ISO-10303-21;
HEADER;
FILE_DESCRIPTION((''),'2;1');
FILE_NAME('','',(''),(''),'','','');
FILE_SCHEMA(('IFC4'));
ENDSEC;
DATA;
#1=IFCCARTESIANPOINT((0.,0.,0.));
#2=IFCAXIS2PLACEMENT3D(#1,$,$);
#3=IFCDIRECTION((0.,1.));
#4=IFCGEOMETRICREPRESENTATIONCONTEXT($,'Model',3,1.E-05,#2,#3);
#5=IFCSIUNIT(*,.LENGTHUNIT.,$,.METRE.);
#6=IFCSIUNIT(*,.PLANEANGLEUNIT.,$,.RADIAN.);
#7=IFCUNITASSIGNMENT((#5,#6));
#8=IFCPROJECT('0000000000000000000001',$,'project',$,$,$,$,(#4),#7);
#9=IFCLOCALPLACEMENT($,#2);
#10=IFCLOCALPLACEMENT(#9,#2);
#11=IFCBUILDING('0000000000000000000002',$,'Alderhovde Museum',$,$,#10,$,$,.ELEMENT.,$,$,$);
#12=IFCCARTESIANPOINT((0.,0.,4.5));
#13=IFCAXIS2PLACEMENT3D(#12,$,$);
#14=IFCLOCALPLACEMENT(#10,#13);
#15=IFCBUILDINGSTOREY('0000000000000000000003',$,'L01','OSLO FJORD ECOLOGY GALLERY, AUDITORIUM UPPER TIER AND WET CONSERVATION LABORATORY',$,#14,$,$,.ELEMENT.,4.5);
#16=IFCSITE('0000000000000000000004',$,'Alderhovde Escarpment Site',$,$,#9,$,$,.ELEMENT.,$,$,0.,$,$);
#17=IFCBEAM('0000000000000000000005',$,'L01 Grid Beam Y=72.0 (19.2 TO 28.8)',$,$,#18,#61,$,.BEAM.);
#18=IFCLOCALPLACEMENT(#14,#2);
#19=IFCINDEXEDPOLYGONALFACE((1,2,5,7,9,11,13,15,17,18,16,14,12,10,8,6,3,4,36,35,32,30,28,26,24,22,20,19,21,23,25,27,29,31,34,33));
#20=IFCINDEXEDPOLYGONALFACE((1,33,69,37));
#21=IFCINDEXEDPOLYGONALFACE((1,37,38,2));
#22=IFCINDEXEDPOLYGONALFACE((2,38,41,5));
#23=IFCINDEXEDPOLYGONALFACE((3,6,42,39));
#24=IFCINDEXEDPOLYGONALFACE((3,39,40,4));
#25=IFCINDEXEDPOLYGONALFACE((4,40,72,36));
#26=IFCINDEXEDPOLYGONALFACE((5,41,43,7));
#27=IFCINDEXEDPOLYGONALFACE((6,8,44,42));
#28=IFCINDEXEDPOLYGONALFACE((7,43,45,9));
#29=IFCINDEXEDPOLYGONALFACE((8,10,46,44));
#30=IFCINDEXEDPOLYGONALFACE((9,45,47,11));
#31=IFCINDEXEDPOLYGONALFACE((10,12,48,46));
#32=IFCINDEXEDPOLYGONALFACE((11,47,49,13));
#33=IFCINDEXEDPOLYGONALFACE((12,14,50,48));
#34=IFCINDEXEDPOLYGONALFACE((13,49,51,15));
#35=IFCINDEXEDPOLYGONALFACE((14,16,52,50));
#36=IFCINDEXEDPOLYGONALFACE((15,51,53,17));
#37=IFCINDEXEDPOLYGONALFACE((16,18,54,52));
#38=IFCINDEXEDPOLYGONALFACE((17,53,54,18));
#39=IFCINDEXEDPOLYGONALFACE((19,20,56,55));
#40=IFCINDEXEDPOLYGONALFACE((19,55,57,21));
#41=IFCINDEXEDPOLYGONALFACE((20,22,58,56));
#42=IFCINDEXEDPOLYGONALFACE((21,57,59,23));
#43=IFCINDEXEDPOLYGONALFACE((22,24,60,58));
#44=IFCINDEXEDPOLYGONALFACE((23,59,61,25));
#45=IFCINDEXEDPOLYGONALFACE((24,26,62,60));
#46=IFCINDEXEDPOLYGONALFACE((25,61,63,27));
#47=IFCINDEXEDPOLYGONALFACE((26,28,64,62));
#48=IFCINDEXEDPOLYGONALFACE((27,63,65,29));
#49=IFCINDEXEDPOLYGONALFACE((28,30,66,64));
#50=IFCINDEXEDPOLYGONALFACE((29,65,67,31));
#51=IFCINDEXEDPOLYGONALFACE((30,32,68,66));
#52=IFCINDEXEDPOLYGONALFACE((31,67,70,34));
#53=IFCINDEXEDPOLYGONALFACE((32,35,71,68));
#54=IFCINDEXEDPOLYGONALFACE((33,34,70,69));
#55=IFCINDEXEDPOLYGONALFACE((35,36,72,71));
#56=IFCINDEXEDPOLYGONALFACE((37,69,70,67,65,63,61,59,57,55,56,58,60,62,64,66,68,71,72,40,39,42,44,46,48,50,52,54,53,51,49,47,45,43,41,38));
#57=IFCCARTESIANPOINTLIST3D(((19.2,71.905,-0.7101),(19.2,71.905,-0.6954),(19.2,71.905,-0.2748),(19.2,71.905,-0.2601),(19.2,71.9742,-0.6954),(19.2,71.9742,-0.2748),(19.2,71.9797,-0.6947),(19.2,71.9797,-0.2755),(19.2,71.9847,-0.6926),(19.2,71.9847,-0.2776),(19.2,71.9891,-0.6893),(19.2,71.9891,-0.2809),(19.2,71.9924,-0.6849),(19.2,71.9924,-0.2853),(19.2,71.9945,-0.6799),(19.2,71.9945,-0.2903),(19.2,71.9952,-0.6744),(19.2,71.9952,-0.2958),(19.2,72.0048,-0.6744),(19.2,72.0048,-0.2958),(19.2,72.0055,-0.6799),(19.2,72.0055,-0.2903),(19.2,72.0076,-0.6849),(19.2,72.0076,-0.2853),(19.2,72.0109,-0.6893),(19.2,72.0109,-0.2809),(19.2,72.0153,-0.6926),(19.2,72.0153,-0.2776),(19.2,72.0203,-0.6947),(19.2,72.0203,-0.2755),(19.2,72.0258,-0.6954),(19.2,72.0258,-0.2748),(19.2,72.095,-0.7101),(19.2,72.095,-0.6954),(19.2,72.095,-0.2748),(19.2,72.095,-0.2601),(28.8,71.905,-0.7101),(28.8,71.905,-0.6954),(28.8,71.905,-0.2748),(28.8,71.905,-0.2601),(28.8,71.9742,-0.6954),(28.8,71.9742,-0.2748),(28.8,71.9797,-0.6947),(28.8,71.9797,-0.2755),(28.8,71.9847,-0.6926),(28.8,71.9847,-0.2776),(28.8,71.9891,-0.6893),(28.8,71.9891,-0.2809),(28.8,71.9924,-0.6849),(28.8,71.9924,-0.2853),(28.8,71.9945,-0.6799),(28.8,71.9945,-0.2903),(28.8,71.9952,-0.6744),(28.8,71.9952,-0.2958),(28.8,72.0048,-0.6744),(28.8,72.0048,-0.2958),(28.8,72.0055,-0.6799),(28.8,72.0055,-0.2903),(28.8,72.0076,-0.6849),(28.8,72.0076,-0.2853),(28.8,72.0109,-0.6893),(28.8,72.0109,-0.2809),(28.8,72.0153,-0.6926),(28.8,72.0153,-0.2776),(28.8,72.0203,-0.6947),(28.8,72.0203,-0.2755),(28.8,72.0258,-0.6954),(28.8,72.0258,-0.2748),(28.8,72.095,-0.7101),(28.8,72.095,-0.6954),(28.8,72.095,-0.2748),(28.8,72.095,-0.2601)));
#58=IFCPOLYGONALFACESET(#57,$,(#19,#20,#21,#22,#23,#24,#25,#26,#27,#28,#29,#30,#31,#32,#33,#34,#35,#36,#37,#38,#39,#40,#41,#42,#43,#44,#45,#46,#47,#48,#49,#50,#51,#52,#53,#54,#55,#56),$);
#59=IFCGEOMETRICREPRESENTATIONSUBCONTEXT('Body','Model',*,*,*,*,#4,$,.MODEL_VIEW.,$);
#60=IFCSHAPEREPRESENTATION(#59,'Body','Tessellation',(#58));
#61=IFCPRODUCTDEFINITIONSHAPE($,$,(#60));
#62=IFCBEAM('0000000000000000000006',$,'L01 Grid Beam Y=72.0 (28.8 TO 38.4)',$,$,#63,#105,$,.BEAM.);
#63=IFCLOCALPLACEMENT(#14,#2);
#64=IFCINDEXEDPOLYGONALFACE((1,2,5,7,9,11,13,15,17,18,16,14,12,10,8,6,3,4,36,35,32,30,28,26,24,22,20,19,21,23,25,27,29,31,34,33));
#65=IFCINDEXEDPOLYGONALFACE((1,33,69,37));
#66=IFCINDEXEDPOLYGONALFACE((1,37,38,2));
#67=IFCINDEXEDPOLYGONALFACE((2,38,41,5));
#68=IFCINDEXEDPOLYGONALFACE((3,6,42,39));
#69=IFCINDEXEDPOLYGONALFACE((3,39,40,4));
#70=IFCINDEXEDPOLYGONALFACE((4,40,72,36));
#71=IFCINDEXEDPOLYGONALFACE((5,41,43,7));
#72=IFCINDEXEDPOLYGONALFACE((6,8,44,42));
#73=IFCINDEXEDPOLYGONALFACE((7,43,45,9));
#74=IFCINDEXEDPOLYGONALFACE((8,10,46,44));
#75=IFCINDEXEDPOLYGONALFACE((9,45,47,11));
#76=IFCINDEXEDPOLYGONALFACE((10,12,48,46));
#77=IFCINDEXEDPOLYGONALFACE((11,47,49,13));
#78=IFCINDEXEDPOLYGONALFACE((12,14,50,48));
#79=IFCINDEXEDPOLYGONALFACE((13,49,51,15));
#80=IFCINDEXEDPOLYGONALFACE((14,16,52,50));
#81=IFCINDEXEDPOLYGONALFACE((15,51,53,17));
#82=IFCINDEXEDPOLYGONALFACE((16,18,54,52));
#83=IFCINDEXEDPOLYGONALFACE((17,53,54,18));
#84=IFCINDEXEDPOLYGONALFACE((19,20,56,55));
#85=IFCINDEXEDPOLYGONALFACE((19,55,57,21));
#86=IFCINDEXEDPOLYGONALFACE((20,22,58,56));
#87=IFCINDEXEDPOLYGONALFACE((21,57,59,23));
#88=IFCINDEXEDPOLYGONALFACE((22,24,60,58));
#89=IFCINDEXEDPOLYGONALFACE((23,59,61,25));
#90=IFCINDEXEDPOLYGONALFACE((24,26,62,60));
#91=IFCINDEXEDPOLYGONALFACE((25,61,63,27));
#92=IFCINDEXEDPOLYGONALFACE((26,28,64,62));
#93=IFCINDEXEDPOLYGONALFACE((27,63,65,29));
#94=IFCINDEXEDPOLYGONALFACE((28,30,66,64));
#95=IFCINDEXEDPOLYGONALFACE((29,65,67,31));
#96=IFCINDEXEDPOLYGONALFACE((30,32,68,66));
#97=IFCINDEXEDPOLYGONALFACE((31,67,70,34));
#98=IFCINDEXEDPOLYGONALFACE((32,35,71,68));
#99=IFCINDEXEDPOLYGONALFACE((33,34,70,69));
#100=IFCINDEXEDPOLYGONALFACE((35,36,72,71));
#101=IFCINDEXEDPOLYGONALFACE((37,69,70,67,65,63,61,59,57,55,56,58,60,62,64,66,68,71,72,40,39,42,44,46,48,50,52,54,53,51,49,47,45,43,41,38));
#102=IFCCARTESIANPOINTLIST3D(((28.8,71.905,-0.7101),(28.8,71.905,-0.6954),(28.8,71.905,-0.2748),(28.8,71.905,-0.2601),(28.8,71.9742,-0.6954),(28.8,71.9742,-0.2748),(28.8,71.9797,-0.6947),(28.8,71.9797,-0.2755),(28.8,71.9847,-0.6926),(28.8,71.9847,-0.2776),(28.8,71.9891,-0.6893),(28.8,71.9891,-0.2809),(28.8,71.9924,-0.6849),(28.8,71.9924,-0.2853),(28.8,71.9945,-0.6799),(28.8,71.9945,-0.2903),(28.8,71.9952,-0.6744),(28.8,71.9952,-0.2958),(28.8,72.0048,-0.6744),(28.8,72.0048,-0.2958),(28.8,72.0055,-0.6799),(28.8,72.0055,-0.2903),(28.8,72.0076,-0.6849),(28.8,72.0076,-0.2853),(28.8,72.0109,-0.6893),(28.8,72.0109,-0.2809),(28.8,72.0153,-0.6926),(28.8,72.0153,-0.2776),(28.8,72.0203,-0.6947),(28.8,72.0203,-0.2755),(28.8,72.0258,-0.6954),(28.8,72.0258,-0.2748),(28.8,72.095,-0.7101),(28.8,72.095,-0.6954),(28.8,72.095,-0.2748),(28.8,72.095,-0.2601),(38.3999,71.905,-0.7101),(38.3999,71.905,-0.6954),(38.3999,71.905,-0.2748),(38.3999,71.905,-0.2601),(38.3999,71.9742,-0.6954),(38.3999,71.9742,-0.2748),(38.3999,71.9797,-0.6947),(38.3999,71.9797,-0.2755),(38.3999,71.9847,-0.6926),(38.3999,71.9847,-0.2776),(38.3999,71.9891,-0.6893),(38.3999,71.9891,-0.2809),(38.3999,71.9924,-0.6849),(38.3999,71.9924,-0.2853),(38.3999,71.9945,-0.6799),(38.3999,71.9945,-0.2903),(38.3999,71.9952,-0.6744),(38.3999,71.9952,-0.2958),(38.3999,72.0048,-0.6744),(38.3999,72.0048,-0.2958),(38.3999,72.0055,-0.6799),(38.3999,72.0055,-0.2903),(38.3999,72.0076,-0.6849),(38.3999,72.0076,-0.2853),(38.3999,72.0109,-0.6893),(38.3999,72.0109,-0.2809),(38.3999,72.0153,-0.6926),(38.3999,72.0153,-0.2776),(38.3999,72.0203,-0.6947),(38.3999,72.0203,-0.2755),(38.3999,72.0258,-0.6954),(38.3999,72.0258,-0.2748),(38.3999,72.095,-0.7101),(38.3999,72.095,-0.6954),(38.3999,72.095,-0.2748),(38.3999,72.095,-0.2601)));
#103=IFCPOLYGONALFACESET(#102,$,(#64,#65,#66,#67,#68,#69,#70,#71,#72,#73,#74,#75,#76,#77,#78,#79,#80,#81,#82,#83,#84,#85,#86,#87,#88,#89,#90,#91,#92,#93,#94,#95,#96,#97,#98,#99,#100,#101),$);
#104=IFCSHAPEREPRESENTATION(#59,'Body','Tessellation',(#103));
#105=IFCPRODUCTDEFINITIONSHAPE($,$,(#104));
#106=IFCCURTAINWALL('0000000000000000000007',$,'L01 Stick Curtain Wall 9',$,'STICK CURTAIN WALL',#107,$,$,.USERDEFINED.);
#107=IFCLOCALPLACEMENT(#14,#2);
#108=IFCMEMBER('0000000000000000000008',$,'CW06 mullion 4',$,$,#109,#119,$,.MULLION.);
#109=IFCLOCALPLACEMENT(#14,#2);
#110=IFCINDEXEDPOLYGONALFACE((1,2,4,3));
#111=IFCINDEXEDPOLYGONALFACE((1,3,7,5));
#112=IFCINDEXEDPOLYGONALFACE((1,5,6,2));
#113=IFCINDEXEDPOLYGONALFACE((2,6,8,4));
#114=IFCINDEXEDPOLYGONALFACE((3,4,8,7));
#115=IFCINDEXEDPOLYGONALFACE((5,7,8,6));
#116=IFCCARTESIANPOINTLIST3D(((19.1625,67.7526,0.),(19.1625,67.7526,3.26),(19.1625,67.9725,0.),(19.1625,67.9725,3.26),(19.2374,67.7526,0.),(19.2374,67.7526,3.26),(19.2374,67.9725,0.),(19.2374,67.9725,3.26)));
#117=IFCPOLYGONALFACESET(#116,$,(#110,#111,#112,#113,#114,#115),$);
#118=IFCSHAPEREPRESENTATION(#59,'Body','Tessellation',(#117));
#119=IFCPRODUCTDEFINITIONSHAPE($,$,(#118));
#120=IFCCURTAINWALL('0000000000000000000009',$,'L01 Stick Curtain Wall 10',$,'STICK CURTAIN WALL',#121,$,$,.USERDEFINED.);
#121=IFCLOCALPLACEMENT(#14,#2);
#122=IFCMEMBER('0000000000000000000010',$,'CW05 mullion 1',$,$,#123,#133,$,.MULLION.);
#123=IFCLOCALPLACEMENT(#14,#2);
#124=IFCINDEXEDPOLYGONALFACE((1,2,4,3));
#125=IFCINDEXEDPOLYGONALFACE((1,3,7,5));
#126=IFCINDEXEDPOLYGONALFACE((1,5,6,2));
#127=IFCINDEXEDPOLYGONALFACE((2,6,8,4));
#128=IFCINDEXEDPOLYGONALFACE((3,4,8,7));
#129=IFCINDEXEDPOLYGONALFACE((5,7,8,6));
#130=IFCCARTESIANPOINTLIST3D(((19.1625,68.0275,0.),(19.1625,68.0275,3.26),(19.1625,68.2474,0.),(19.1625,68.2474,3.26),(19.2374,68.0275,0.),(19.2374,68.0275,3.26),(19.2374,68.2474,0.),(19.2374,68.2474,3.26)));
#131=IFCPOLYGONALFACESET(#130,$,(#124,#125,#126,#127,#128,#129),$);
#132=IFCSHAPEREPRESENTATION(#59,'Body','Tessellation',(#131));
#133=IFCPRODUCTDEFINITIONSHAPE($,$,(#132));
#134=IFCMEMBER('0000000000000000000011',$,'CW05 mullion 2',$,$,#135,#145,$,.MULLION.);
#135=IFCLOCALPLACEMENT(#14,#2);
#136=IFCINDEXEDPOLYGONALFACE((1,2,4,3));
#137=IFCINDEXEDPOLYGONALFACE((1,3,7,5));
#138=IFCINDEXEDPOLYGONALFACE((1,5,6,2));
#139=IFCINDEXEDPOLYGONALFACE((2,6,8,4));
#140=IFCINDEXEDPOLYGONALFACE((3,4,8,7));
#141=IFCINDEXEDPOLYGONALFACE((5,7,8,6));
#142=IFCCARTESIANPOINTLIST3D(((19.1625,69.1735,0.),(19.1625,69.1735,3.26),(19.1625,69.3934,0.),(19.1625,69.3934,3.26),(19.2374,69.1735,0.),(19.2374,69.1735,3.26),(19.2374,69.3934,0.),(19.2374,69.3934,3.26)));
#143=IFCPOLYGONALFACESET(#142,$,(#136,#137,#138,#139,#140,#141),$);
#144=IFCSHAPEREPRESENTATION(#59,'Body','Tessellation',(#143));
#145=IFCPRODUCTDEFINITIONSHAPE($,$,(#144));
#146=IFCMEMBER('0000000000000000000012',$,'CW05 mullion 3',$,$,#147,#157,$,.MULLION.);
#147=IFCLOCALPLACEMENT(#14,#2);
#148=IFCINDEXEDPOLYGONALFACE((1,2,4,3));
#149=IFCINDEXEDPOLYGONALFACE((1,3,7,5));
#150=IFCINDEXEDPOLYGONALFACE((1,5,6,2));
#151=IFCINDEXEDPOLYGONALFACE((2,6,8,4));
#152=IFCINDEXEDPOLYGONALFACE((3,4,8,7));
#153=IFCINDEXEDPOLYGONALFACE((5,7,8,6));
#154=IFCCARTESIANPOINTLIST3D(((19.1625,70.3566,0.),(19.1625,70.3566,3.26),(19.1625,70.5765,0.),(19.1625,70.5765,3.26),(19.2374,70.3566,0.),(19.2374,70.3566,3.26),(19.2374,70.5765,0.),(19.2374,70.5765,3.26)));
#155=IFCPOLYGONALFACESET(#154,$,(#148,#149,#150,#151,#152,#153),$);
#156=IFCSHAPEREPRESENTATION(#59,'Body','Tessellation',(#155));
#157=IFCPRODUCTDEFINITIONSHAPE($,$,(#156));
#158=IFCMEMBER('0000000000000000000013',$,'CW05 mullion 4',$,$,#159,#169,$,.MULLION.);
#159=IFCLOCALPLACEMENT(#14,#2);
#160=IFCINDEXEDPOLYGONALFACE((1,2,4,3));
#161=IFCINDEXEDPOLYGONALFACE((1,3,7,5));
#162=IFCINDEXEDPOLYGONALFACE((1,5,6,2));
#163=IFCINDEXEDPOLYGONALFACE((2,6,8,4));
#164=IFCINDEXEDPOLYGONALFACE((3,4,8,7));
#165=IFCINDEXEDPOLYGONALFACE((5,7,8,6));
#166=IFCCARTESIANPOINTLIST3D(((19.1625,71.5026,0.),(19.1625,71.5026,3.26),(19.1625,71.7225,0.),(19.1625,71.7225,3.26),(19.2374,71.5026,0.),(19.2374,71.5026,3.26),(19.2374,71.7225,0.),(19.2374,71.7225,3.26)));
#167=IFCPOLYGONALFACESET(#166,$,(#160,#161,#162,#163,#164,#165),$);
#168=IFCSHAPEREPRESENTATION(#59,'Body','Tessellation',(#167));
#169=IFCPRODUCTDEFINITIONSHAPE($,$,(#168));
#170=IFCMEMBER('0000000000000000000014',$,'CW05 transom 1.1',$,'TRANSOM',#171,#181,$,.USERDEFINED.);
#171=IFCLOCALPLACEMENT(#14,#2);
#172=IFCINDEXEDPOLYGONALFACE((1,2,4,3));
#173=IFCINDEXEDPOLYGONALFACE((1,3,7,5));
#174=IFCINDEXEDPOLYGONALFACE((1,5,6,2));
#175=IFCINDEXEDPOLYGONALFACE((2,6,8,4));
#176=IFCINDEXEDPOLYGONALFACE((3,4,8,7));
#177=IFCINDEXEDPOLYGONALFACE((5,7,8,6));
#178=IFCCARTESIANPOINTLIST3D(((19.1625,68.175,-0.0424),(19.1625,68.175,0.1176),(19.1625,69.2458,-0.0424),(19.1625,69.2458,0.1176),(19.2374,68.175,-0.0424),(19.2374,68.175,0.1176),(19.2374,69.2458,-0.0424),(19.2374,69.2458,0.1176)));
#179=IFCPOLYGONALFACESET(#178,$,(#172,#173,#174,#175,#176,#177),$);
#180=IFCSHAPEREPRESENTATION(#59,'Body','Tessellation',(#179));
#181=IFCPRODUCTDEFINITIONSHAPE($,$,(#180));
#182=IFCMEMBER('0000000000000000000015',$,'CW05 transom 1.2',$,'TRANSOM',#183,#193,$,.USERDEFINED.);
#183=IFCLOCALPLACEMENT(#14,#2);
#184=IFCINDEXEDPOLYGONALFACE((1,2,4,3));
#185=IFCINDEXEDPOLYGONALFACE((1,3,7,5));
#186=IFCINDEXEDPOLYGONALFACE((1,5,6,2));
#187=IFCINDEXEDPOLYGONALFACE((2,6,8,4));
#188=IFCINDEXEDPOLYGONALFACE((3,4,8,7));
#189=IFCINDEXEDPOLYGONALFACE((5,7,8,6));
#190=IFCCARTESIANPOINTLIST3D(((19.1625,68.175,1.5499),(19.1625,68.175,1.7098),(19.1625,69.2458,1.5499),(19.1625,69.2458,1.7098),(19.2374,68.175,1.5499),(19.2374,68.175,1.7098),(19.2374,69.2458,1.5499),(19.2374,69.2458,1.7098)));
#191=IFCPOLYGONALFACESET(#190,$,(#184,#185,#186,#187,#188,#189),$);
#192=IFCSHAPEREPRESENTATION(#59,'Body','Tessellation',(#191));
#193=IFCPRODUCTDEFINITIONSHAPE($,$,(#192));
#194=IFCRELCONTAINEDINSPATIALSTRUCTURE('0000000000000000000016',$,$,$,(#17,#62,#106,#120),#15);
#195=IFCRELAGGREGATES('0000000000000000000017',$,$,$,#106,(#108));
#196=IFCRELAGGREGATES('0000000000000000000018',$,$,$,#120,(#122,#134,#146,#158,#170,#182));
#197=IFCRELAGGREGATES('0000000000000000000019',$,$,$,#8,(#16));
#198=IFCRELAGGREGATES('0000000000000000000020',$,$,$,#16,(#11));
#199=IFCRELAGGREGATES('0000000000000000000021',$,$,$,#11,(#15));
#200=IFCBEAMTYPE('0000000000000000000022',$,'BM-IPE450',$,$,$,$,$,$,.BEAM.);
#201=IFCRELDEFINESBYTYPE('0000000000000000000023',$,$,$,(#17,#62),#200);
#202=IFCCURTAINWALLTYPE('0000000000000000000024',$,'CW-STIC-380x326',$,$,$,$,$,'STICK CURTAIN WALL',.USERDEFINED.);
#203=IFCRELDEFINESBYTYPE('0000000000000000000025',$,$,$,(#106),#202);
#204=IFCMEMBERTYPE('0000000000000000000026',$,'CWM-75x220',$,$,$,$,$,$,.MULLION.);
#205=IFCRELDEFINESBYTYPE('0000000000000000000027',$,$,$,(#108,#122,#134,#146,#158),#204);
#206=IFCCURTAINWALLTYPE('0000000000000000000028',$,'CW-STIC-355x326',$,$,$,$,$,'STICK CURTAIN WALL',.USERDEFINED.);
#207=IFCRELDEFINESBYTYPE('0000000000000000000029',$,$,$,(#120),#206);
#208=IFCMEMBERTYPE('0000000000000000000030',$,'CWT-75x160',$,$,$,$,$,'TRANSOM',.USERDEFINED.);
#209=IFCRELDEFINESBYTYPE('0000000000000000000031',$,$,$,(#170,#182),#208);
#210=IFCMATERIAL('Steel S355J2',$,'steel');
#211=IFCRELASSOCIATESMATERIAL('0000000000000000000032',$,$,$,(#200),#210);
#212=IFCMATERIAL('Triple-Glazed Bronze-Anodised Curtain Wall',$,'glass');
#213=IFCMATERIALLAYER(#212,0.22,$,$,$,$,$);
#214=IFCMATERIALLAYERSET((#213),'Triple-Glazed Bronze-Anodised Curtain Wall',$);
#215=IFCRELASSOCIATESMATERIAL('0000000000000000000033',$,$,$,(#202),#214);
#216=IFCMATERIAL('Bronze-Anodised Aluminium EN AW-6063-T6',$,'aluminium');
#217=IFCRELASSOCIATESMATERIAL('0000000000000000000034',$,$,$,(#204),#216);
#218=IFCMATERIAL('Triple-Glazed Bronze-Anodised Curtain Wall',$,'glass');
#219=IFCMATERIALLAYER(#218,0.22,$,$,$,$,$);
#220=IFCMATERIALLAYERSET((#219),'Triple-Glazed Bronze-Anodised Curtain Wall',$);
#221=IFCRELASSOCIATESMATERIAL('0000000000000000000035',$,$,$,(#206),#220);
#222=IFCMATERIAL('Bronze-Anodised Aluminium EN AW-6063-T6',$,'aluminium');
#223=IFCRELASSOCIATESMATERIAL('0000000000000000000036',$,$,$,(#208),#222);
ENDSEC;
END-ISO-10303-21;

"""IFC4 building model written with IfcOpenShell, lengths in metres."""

from ifc_helpers import new_model, si_unit, direction, frame, origin, origin_2d, place, context, subcontext, project, spatial, rectangle, i_section, extrude, material, layer, layer_set, material_profile, profile_set, type_object, element, aggregate, save


model = new_model("IFC4")

# Units and contexts
model_context = context("Model", 3, precision=1e-05, world=origin(), true_north=direction((0.0, 1.0)))
body_context = subcontext(model_context, "Body", "Model", "MODEL_VIEW")
ifc_project = project(units=[si_unit("LENGTHUNIT", "METRE"), si_unit("PLANEANGLEUNIT", "RADIAN")], contexts=[model_context])

# Site, building, storey
site_placement = place(None, origin())
site = spatial("IfcSite", under=ifc_project, at=site_placement, Name="Alderhovde Escarpment Site", CompositionType="ELEMENT", RefElevation=0.0)
building_placement = place(site_placement, origin())
building = spatial("IfcBuilding", under=site, at=building_placement, Name="Alderhovde Museum", CompositionType="ELEMENT")
storey_placement = place(building_placement, frame((0.0, 0.0, 4.5)))
storey = spatial("IfcBuildingStorey", under=building, at=storey_placement, Name="L01", Description="OSLO FJORD ECOLOGY GALLERY, AUDITORIUM UPPER TIER AND WET CONSERVATION LABORATORY", CompositionType="ELEMENT", Elevation=4.5)

# Beams
ifc_material_1 = material(Name="Steel S355J2", Category="steel")
ifc_material_profile_1 = material_profile(ifc_material_1, i_section(OverallWidth=0.1899, OverallDepth=0.45, WebThickness=0.0095, FlangeThickness=0.0146, FilletRadius=0.021, at=origin_2d()), Name="IPE 450")
ifc_profile_set_1 = profile_set([ifc_material_profile_1], Name="Steel S355J2")
beam_type_1 = type_object("IfcBeamType", Name="BM-IPE450", PredefinedType="BEAM", material=ifc_profile_set_1)
beam_1_placement = place(storey_placement, frame((19.2, 72.0, -0.4851), z_axis=(1.0, 0.0, 0.0), x_axis=(0.0, 1.0, 0.0)))
element("IfcBeam", 1, at=beam_1_placement, inside=storey, type_object=beam_type_1, Name="L01 Grid Beam Y=72.0 (19.2 TO 28.8)", PredefinedType="BEAM", context=body_context, shape_type="SweptSolid", body=[
    extrude(i_section(OverallWidth=0.1899, OverallDepth=0.45, WebThickness=0.0095, FlangeThickness=0.0146, FilletRadius=0.021, at=origin_2d()), origin(), (0.0, 0.0, 1.0), 9.6001),
])
beam_2_placement = place(storey_placement, frame((28.8, 72.0, -0.4851), z_axis=(1.0, 0.0, 0.0), x_axis=(0.0, 1.0, 0.0)))
element("IfcBeam", 2, at=beam_2_placement, inside=storey, type_object=beam_type_1, Name="L01 Grid Beam Y=72.0 (28.8 TO 38.4)", PredefinedType="BEAM", context=body_context, shape_type="SweptSolid", body=[
    extrude(i_section(OverallWidth=0.1899, OverallDepth=0.45, WebThickness=0.0095, FlangeThickness=0.0146, FilletRadius=0.021, at=origin_2d()), origin(), (0.0, 0.0, 1.0), 9.5999),
])

# Curtain wall, member
ifc_material_2 = material(Name="Triple-Glazed Bronze-Anodised Curtain Wall", Category="glass")
ifc_layer_1 = layer(ifc_material_2, 0.22)
ifc_layer_set_1 = layer_set([ifc_layer_1], Name="Triple-Glazed Bronze-Anodised Curtain Wall")
curtain_wall_type_1 = type_object("IfcCurtainWallType", Name="CW-STIC-380x326", ElementType="STICK CURTAIN WALL", PredefinedType="USERDEFINED", material=ifc_layer_set_1)
curtain_wall_1_placement = place(storey_placement, origin())
curtain_wall_1 = element("IfcCurtainWall", 3, at=curtain_wall_1_placement, inside=storey, type_object=curtain_wall_type_1, Name="L01 Stick Curtain Wall 9", ObjectType="STICK CURTAIN WALL", PredefinedType="USERDEFINED")
ifc_material_3 = material(Name="Bronze-Anodised Aluminium EN AW-6063-T6", Category="aluminium")
ifc_material_profile_2 = material_profile(ifc_material_3, rectangle(XDim=0.075, YDim=0.22, at=origin_2d()), Name="MULLION 75x220")
ifc_profile_set_2 = profile_set([ifc_material_profile_2], Name="Bronze-Anodised Aluminium EN AW-6063-T6")
member_type_1 = type_object("IfcMemberType", Name="CWM-75x220", PredefinedType="MULLION", material=ifc_profile_set_2)
member_1_placement = place(storey_placement, frame((19.2, 67.8625, 0.0), z_axis=(0.0, 0.0, 1.0), x_axis=(-1.0, 0.0, 0.0)))
member_1 = element("IfcMember", 4, at=member_1_placement, type_object=member_type_1, Name="CW06 mullion 4", PredefinedType="MULLION", context=body_context, shape_type="SweptSolid", body=[
    extrude(rectangle(XDim=0.075, YDim=0.22, at=origin_2d()), origin(), (0.0, 0.0, 1.0), 3.26),
])

# Curtain wall, members
ifc_material_4 = material(Name="Triple-Glazed Bronze-Anodised Curtain Wall", Category="glass")
ifc_layer_2 = layer(ifc_material_4, 0.22)
ifc_layer_set_2 = layer_set([ifc_layer_2], Name="Triple-Glazed Bronze-Anodised Curtain Wall")
curtain_wall_type_2 = type_object("IfcCurtainWallType", Name="CW-STIC-355x326", ElementType="STICK CURTAIN WALL", PredefinedType="USERDEFINED", material=ifc_layer_set_2)
curtain_wall_2_placement = place(storey_placement, origin())
curtain_wall_2 = element("IfcCurtainWall", 5, at=curtain_wall_2_placement, inside=storey, type_object=curtain_wall_type_2, Name="L01 Stick Curtain Wall 10", ObjectType="STICK CURTAIN WALL", PredefinedType="USERDEFINED")
member_2_placement = place(storey_placement, frame((19.2, 68.1375, 0.0), z_axis=(0.0, 0.0, 1.0), x_axis=(-1.0, 0.0, 0.0)))
member_2 = element("IfcMember", 6, at=member_2_placement, type_object=member_type_1, Name="CW05 mullion 1", PredefinedType="MULLION", context=body_context, shape_type="SweptSolid", body=[
    extrude(rectangle(XDim=0.075, YDim=0.22, at=origin_2d()), origin(), (0.0, 0.0, 1.0), 3.26),
])
member_3_placement = place(storey_placement, frame((19.2, 69.2834, 0.0), z_axis=(0.0, 0.0, 1.0), x_axis=(-1.0, 0.0, 0.0)))
member_3 = element("IfcMember", 7, at=member_3_placement, type_object=member_type_1, Name="CW05 mullion 2", PredefinedType="MULLION", context=body_context, shape_type="SweptSolid", body=[
    extrude(rectangle(XDim=0.075, YDim=0.22, at=origin_2d()), origin(), (0.0, 0.0, 1.0), 3.26),
])
member_4_placement = place(storey_placement, frame((19.2, 70.4666, 0.0), z_axis=(0.0, 0.0, 1.0), x_axis=(-1.0, 0.0, 0.0)))
member_4 = element("IfcMember", 8, at=member_4_placement, type_object=member_type_1, Name="CW05 mullion 3", PredefinedType="MULLION", context=body_context, shape_type="SweptSolid", body=[
    extrude(rectangle(XDim=0.075, YDim=0.22, at=origin_2d()), origin(), (0.0, 0.0, 1.0), 3.26),
])
member_5_placement = place(storey_placement, frame((19.2, 71.6125, 0.0), z_axis=(0.0, 0.0, 1.0), x_axis=(-1.0, 0.0, 0.0)))
member_5 = element("IfcMember", 9, at=member_5_placement, type_object=member_type_1, Name="CW05 mullion 4", PredefinedType="MULLION", context=body_context, shape_type="SweptSolid", body=[
    extrude(rectangle(XDim=0.075, YDim=0.22, at=origin_2d()), origin(), (0.0, 0.0, 1.0), 3.26),
])
ifc_material_5 = material(Name="Bronze-Anodised Aluminium EN AW-6063-T6", Category="aluminium")
ifc_material_profile_3 = material_profile(ifc_material_5, rectangle(XDim=0.075, YDim=0.1599, at=origin_2d()), Name="TRANSOM 75x160")
ifc_profile_set_3 = profile_set([ifc_material_profile_3], Name="Bronze-Anodised Aluminium EN AW-6063-T6")
member_type_2 = type_object("IfcMemberType", Name="CWT-75x160", ElementType="TRANSOM", PredefinedType="USERDEFINED", material=ifc_profile_set_3)
member_6_placement = place(storey_placement, frame((19.2, 68.175, 0.0376), z_axis=(0.0, 1.0, 0.0), x_axis=(-1.0, 0.0, 0.0)))
member_6 = element("IfcMember", 10, at=member_6_placement, type_object=member_type_2, Name="CW05 transom 1.1", ObjectType="TRANSOM", PredefinedType="USERDEFINED", context=body_context, shape_type="SweptSolid", body=[
    extrude(rectangle(XDim=0.075, YDim=0.1599, at=origin_2d()), origin(), (0.0, 0.0, 1.0), 1.0708),
])
member_7_placement = place(storey_placement, frame((19.2, 68.175, 1.6299), z_axis=(0.0, 1.0, 0.0), x_axis=(-1.0, 0.0, 0.0)))
member_7 = element("IfcMember", 11, at=member_7_placement, type_object=member_type_2, Name="CW05 transom 1.2", ObjectType="TRANSOM", PredefinedType="USERDEFINED", context=body_context, shape_type="SweptSolid", body=[
    extrude(rectangle(XDim=0.075, YDim=0.1599, at=origin_2d()), origin(), (0.0, 0.0, 1.0), 1.0708),
])

aggregate(curtain_wall_1, [member_1])
aggregate(curtain_wall_2, [member_2, member_3, member_4, member_5, member_6, member_7])

save(model, "model.ifc")
